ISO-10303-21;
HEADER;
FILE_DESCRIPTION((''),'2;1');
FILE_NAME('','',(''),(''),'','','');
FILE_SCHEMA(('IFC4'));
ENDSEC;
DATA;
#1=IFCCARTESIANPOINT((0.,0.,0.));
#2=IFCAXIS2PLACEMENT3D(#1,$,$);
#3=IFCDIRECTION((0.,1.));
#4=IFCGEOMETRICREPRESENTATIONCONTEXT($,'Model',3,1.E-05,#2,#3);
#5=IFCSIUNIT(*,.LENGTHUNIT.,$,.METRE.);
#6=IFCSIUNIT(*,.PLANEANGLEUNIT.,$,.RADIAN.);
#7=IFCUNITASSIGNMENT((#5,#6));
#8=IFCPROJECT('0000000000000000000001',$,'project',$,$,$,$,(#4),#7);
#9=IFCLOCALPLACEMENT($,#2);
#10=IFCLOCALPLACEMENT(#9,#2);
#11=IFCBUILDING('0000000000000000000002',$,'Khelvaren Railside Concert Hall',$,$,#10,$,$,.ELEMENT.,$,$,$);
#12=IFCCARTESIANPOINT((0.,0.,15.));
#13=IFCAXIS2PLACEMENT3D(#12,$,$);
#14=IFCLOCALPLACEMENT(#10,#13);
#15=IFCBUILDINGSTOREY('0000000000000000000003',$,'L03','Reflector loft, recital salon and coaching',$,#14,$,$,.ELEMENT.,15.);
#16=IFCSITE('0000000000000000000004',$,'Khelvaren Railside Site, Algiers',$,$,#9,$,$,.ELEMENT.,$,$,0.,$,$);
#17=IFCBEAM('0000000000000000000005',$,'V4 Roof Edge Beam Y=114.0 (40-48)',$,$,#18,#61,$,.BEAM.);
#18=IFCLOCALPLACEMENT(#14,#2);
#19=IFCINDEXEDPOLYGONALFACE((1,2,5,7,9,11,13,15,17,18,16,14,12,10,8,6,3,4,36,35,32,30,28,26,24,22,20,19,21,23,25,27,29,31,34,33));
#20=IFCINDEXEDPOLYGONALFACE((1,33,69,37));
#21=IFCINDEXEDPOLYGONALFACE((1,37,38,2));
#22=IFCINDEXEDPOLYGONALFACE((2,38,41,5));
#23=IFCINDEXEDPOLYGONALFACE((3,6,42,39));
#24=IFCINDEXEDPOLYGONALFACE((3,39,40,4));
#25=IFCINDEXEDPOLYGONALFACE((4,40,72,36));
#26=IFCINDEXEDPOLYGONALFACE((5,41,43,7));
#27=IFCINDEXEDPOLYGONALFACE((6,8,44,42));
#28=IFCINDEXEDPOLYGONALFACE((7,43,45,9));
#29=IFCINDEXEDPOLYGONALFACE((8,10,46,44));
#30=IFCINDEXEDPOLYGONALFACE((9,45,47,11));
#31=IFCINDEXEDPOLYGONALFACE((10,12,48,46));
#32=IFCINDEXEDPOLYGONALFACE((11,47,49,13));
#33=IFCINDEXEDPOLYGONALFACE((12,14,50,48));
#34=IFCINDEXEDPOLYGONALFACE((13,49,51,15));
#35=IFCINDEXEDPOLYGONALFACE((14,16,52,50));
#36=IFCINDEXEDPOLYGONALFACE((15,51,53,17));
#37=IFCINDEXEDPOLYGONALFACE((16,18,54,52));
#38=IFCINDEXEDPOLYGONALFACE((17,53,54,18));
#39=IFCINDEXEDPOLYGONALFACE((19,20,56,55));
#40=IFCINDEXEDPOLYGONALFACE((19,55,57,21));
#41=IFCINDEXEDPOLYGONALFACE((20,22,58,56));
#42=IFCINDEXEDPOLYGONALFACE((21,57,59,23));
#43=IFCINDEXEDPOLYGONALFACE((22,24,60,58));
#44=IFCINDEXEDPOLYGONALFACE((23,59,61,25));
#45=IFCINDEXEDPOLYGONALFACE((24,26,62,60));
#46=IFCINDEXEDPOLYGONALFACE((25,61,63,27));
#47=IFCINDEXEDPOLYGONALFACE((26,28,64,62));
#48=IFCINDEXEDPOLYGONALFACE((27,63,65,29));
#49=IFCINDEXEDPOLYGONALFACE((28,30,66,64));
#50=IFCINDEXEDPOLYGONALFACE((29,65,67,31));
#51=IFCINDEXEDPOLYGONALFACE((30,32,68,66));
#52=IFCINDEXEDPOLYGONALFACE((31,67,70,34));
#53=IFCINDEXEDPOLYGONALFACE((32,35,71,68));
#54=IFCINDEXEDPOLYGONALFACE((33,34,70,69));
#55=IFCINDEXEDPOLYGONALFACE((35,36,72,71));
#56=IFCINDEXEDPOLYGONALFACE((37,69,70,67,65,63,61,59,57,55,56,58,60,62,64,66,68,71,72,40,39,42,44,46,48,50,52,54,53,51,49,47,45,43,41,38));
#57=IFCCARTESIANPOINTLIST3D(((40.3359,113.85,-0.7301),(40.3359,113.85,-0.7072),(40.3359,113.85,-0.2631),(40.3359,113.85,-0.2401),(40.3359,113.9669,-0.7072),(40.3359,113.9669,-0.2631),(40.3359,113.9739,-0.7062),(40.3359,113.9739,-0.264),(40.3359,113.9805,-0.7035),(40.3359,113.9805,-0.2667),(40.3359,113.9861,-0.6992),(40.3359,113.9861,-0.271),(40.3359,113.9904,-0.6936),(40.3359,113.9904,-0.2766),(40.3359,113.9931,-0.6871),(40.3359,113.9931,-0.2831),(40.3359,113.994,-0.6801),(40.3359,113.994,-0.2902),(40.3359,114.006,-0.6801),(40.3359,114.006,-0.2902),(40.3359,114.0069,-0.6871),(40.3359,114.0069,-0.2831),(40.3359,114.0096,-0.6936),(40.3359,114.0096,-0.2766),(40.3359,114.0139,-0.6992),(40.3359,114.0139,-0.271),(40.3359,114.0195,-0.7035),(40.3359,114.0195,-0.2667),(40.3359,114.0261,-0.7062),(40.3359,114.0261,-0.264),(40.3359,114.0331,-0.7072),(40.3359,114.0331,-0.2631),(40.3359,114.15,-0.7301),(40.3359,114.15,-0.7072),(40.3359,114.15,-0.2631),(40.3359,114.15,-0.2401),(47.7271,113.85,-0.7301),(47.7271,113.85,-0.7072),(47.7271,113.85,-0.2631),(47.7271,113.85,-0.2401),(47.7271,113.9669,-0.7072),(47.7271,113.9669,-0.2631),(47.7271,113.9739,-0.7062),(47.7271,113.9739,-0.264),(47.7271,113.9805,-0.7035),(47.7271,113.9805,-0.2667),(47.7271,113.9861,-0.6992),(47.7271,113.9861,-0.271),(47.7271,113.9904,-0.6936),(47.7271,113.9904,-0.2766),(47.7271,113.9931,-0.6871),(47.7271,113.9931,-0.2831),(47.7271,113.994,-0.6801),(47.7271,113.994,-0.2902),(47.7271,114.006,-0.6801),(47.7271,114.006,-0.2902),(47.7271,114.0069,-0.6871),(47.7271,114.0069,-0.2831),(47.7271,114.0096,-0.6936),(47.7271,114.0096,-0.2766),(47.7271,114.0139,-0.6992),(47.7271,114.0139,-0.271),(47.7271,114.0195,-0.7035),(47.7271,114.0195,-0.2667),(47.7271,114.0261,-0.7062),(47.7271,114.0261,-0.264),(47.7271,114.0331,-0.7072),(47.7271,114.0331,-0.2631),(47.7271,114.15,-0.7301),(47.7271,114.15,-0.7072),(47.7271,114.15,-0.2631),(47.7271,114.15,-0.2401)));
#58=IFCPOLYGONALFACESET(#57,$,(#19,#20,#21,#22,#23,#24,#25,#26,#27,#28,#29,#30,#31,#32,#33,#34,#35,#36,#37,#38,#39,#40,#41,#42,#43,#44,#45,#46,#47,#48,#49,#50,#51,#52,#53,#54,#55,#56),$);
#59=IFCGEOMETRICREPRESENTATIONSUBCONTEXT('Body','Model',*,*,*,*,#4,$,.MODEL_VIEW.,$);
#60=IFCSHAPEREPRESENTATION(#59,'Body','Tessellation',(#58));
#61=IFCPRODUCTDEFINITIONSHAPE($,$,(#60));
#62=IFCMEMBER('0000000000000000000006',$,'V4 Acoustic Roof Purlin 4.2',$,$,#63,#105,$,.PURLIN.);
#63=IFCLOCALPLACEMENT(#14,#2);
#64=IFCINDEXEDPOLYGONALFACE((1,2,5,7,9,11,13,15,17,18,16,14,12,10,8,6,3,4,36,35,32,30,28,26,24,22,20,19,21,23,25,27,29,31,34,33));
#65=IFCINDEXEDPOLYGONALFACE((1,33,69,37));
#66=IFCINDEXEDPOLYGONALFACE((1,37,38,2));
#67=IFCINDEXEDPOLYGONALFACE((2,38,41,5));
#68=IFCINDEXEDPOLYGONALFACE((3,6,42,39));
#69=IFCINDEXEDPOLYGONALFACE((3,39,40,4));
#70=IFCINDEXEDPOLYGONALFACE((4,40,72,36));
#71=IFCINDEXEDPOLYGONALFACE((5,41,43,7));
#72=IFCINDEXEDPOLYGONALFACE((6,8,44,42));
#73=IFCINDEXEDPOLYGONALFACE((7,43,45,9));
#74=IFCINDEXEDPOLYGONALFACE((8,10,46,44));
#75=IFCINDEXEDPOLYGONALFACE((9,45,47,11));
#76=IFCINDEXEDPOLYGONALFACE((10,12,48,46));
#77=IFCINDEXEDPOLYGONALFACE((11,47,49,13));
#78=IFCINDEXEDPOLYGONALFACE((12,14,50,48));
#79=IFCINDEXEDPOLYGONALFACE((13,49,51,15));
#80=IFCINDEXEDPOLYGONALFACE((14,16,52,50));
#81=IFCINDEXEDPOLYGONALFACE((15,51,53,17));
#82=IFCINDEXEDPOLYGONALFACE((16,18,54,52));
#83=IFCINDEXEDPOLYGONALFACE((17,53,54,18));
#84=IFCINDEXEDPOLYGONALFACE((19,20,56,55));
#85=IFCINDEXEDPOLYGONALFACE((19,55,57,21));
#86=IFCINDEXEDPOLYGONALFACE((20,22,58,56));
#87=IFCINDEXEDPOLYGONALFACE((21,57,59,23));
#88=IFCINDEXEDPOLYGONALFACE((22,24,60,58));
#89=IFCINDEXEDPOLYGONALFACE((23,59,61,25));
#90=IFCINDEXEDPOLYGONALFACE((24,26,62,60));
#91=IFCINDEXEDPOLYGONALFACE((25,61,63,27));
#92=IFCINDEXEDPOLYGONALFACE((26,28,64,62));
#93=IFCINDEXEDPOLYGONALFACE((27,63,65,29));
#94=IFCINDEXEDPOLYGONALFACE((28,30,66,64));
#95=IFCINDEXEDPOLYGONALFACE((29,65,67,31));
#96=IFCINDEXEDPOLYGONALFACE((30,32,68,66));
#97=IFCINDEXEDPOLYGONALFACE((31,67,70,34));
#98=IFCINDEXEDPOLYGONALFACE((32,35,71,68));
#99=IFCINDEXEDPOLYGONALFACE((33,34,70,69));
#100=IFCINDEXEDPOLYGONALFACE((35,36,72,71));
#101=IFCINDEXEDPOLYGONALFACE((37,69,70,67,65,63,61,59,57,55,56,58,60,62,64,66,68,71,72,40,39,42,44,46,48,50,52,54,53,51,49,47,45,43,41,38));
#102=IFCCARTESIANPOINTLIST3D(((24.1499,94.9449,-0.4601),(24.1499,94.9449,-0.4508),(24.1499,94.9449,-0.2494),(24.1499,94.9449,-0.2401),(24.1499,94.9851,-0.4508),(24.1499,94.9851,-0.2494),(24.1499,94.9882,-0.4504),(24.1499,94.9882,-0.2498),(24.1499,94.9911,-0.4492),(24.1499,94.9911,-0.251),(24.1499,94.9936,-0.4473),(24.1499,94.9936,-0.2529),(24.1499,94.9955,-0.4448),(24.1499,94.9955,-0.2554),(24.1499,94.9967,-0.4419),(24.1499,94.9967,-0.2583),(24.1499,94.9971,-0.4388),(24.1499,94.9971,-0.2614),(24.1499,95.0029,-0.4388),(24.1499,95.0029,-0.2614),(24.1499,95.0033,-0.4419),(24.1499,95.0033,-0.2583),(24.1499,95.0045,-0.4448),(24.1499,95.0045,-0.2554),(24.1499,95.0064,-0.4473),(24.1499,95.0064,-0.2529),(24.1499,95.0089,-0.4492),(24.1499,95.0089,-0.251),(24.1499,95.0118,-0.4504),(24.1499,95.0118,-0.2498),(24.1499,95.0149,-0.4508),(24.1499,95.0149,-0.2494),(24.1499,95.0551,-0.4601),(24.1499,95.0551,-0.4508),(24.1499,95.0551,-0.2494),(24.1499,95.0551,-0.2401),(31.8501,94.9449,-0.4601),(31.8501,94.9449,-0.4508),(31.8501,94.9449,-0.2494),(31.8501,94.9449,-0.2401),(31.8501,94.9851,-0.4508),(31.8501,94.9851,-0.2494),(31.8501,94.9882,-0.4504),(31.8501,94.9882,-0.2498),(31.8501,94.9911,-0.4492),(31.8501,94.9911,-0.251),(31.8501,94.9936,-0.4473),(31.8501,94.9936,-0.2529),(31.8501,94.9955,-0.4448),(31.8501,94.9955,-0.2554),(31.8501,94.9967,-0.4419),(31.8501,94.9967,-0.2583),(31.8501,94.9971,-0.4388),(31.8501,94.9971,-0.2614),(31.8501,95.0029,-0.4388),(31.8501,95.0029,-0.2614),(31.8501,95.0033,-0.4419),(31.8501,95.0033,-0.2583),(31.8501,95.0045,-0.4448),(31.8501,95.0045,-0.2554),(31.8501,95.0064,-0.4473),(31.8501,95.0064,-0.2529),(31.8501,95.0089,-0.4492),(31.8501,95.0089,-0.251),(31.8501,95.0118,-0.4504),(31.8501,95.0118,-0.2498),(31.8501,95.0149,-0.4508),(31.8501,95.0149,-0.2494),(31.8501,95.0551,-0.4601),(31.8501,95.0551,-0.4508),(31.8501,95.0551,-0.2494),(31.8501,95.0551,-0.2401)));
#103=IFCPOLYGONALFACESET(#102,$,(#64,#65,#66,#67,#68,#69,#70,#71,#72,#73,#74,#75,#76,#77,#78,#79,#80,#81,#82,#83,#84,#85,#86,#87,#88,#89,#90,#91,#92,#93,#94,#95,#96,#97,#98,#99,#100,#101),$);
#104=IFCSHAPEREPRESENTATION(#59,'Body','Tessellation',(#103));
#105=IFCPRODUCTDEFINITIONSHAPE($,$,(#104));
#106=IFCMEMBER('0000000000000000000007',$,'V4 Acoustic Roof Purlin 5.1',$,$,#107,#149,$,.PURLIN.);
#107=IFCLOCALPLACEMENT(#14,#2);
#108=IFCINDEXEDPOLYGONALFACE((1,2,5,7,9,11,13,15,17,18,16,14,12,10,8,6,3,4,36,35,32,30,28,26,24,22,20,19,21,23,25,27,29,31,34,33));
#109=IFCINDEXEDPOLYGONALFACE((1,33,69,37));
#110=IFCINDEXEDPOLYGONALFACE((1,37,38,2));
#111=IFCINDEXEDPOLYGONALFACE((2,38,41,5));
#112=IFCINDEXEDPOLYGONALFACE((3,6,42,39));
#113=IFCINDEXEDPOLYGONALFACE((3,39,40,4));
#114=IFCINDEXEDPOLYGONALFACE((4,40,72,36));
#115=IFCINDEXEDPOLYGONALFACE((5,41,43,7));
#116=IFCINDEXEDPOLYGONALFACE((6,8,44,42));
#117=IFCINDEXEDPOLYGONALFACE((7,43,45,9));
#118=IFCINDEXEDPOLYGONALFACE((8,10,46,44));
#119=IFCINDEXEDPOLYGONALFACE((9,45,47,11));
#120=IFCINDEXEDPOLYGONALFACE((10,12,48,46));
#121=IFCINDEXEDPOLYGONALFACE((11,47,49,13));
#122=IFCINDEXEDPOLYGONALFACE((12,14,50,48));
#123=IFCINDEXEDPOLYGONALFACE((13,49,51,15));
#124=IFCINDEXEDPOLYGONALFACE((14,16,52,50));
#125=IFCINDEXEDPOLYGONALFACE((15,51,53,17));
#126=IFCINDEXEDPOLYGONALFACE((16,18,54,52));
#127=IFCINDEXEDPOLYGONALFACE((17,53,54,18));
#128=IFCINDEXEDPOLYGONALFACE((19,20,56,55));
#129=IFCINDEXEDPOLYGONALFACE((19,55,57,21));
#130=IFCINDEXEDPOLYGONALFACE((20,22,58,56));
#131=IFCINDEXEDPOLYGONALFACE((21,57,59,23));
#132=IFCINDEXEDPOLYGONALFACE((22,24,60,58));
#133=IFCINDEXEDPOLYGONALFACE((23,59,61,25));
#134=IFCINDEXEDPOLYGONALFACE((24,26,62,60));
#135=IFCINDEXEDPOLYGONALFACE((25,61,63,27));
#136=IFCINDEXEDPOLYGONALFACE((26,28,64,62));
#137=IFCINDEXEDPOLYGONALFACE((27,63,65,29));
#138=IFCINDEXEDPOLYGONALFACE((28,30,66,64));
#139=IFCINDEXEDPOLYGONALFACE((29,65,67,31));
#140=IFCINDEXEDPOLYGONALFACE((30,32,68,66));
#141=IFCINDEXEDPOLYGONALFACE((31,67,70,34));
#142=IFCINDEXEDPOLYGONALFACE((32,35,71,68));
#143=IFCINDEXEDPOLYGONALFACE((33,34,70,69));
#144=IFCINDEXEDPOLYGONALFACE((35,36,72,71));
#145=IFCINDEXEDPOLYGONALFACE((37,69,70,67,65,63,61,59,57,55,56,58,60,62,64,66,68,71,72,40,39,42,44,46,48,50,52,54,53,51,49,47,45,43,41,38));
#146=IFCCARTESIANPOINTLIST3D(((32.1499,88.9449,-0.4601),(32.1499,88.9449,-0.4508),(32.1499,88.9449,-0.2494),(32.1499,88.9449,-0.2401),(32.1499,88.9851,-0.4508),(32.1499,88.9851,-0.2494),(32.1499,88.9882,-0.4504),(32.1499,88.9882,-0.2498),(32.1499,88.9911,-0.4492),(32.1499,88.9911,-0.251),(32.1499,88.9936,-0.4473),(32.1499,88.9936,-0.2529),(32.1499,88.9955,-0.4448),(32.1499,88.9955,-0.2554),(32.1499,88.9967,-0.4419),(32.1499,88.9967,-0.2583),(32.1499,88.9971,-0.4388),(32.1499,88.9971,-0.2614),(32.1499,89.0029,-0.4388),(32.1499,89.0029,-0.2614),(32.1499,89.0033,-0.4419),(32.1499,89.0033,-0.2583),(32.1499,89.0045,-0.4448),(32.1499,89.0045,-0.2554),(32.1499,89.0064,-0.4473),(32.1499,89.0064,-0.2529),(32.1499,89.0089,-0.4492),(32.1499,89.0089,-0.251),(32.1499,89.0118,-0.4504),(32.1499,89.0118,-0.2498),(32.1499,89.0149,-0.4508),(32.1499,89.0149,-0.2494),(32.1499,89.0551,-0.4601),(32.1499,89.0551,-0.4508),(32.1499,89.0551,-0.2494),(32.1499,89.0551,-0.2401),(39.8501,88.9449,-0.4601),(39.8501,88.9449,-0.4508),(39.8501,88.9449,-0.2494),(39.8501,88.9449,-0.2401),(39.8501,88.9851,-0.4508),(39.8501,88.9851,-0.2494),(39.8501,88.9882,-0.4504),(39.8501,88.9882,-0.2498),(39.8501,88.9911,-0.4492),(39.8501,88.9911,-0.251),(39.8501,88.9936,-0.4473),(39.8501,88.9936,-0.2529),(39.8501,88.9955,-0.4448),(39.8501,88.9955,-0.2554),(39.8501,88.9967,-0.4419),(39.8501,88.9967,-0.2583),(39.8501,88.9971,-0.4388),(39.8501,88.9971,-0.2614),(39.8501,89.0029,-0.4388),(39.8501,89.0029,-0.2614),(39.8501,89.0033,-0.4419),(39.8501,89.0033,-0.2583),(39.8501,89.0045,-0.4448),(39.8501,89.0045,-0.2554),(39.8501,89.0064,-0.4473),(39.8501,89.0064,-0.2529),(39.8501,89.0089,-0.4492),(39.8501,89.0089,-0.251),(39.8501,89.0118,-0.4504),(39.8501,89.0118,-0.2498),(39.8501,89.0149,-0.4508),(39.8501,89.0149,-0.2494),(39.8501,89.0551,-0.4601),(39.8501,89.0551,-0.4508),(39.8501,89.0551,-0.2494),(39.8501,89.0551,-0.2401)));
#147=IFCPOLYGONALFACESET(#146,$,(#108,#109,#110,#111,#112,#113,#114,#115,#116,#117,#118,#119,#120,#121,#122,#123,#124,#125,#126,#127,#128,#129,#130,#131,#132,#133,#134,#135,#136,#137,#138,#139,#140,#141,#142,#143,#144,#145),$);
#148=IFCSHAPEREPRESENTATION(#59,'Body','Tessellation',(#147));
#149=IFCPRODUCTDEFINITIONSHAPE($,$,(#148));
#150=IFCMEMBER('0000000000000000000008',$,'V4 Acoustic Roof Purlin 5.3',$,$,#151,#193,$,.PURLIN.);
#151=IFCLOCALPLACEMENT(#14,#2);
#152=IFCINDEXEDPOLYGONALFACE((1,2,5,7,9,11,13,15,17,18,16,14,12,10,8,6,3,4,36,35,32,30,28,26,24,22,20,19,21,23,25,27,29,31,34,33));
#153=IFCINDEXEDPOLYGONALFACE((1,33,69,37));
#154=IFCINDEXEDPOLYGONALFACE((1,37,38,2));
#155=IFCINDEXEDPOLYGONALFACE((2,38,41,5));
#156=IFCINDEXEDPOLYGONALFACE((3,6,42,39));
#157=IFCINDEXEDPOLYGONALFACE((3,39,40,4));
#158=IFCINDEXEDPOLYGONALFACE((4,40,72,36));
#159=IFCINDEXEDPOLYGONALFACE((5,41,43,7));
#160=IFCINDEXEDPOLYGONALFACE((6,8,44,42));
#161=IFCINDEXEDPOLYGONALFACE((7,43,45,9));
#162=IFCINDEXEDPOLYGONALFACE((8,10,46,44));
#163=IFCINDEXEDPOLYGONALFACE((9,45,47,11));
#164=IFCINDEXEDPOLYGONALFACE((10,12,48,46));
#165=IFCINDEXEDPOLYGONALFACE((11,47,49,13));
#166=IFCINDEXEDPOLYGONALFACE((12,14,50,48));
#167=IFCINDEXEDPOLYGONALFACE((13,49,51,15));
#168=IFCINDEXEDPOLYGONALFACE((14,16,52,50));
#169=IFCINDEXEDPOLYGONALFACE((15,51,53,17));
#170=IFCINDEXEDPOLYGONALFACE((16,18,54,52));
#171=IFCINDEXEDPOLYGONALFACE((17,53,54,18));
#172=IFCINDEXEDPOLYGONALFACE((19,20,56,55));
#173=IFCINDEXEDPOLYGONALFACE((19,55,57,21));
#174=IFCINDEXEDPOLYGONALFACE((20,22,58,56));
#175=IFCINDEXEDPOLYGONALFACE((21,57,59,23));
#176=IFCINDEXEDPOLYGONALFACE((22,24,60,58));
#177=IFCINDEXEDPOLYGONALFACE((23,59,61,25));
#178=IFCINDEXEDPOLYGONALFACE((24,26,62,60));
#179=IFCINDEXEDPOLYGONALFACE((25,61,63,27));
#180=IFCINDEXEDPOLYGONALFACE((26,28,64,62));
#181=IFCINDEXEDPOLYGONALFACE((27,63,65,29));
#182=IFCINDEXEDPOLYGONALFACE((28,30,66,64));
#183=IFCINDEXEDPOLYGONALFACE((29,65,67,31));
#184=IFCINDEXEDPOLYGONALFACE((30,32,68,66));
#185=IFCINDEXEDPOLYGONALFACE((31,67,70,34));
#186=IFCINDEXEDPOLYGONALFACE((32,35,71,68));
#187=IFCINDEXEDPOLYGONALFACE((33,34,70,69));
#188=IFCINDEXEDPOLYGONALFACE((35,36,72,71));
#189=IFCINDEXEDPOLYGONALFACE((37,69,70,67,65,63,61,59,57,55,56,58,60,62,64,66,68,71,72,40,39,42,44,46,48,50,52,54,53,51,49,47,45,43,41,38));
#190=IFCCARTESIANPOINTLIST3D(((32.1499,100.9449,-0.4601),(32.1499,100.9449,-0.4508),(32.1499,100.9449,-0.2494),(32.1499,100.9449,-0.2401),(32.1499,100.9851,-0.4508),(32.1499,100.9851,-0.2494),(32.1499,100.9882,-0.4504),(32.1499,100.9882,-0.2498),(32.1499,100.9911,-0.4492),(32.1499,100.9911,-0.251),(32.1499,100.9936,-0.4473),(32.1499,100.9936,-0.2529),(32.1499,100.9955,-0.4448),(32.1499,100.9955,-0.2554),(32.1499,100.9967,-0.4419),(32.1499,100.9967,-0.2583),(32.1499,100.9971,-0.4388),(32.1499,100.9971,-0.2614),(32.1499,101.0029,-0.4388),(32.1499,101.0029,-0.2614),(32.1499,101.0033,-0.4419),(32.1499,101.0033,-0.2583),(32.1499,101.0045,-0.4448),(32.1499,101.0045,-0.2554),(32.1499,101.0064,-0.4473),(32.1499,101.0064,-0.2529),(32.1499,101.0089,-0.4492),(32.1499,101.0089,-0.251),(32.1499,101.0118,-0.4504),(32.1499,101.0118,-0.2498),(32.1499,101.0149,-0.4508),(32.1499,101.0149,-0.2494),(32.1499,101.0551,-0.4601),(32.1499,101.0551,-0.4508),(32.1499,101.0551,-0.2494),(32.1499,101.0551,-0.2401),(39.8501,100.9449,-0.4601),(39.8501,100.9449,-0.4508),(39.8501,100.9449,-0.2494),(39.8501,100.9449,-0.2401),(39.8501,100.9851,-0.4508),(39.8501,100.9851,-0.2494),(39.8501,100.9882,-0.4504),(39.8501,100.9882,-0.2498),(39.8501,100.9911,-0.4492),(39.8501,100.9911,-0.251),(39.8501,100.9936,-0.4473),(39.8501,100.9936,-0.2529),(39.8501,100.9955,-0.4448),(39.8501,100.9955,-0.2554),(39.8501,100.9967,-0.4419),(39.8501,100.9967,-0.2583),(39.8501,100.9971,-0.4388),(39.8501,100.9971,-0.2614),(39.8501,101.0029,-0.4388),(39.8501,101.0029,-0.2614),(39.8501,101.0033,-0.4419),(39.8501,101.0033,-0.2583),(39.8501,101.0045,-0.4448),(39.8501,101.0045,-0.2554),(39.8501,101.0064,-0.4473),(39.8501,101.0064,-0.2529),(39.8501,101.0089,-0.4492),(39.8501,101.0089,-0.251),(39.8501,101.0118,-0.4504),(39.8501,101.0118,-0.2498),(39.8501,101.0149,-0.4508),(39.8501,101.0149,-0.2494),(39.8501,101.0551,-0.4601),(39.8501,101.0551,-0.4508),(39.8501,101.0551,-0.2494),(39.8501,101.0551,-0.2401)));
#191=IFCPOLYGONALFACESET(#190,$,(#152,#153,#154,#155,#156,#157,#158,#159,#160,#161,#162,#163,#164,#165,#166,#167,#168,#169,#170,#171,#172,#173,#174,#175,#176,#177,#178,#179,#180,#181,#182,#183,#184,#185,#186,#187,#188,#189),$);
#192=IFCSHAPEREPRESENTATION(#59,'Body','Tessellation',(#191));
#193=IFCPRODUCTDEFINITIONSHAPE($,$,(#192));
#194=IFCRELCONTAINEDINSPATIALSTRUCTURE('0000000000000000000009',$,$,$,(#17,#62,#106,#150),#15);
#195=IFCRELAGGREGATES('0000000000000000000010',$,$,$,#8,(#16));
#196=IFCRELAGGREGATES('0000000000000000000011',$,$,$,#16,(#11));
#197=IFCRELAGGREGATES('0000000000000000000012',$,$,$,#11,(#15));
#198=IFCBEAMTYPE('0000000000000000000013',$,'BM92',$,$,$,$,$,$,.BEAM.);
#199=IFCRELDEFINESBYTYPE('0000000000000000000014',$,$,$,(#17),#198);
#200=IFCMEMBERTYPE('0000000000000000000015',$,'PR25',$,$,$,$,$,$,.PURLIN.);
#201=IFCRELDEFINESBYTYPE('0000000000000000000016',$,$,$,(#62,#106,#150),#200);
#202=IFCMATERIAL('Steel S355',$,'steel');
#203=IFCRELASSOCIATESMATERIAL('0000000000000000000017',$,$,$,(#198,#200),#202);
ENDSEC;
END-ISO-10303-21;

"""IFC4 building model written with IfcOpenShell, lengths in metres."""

from ifc_helpers import new_model, si_unit, direction, frame, origin, origin_2d, place, context, subcontext, project, spatial, i_section, extrude, material, material_profile, profile_set, type_object, element, save


model = new_model("IFC4")

# Units and contexts
model_context = context("Model", 3, precision=1e-05, world=origin(), true_north=direction((0.0, 1.0)))
body_context = subcontext(model_context, "Body", "Model", "MODEL_VIEW")
ifc_project = project(units=[si_unit("LENGTHUNIT", "METRE"), si_unit("PLANEANGLEUNIT", "RADIAN")], contexts=[model_context])

# Site, building, storey
site_placement = place(None, origin())
site = spatial("IfcSite", under=ifc_project, at=site_placement, Name="Khelvaren Railside Site, Algiers", CompositionType="ELEMENT", RefElevation=0.0)
building_placement = place(site_placement, origin())
building = spatial("IfcBuilding", under=site, at=building_placement, Name="Khelvaren Railside Concert Hall", CompositionType="ELEMENT")
storey_placement = place(building_placement, frame((0.0, 0.0, 15.0)))
storey = spatial("IfcBuildingStorey", under=building, at=storey_placement, Name="L03", Description="Reflector loft, recital salon and coaching", CompositionType="ELEMENT", Elevation=15.0)

# Beam
ifc_material_1 = material(Name="Steel S355", Category="steel")
ifc_material_profile_1 = material_profile(ifc_material_1, i_section(OverallWidth=0.3, OverallDepth=0.49, WebThickness=0.012, FlangeThickness=0.0229, FilletRadius=0.0271, at=origin_2d()), Name="HEA 500")
ifc_profile_set_1 = profile_set([ifc_material_profile_1], Name="Steel S355")
beam_type = type_object("IfcBeamType", Name="BM92", PredefinedType="BEAM", material=ifc_profile_set_1)
beam_1_placement = place(storey_placement, frame((40.3359, 114.0, -0.4851), z_axis=(1.0, 0.0, 0.0), x_axis=(0.0, 1.0, 0.0)))
element("IfcBeam", 1, at=beam_1_placement, inside=storey, type_object=beam_type, Name="V4 Roof Edge Beam Y=114.0 (40-48)", PredefinedType="BEAM", context=body_context, shape_type="SweptSolid", body=[
    extrude(i_section(OverallWidth=0.3, OverallDepth=0.49, WebThickness=0.012, FlangeThickness=0.0229, FilletRadius=0.0271, at=origin_2d()), origin(), (0.0, 0.0, 1.0), 7.3911),
])

# Members
ifc_material_profile_2 = material_profile(ifc_material_1, i_section(OverallWidth=0.1101, OverallDepth=0.22, WebThickness=0.0059, FlangeThickness=0.0093, FilletRadius=0.012, at=origin_2d()), Name="IPE 220")
ifc_profile_set_2 = profile_set([ifc_material_profile_2], Name="Steel S355")
member_type_1 = type_object("IfcMemberType", Name="PR25", PredefinedType="PURLIN", material=ifc_profile_set_2)
for number, where, z_axis, x_axis, name in (
    (2, (24.1499, 95.0, -0.3501), (1.0, 0.0, 0.0), (0.0, 1.0, 0.0), "V4 Acoustic Roof Purlin 4.2"),
    (3, (32.1499, 89.0, -0.3501), (1.0, 0.0, 0.0), (0.0, 1.0, 0.0), "V4 Acoustic Roof Purlin 5.1"),
    (4, (32.1499, 101.0, -0.3501), (1.0, 0.0, 0.0), (0.0, 1.0, 0.0), "V4 Acoustic Roof Purlin 5.3"),
):
    element("IfcMember", number, at=place(storey_placement, frame(where, z_axis=z_axis, x_axis=x_axis)), inside=storey, type_object=member_type_1, Name=name, PredefinedType="PURLIN", context=body_context, shape_type="SweptSolid", body=[
        extrude(i_section(OverallWidth=0.1101, OverallDepth=0.22, WebThickness=0.0059, FlangeThickness=0.0093, FilletRadius=0.012, at=origin_2d()), origin(), (0.0, 0.0, 1.0), 7.7002),
    ])

save(model, "model.ifc")
